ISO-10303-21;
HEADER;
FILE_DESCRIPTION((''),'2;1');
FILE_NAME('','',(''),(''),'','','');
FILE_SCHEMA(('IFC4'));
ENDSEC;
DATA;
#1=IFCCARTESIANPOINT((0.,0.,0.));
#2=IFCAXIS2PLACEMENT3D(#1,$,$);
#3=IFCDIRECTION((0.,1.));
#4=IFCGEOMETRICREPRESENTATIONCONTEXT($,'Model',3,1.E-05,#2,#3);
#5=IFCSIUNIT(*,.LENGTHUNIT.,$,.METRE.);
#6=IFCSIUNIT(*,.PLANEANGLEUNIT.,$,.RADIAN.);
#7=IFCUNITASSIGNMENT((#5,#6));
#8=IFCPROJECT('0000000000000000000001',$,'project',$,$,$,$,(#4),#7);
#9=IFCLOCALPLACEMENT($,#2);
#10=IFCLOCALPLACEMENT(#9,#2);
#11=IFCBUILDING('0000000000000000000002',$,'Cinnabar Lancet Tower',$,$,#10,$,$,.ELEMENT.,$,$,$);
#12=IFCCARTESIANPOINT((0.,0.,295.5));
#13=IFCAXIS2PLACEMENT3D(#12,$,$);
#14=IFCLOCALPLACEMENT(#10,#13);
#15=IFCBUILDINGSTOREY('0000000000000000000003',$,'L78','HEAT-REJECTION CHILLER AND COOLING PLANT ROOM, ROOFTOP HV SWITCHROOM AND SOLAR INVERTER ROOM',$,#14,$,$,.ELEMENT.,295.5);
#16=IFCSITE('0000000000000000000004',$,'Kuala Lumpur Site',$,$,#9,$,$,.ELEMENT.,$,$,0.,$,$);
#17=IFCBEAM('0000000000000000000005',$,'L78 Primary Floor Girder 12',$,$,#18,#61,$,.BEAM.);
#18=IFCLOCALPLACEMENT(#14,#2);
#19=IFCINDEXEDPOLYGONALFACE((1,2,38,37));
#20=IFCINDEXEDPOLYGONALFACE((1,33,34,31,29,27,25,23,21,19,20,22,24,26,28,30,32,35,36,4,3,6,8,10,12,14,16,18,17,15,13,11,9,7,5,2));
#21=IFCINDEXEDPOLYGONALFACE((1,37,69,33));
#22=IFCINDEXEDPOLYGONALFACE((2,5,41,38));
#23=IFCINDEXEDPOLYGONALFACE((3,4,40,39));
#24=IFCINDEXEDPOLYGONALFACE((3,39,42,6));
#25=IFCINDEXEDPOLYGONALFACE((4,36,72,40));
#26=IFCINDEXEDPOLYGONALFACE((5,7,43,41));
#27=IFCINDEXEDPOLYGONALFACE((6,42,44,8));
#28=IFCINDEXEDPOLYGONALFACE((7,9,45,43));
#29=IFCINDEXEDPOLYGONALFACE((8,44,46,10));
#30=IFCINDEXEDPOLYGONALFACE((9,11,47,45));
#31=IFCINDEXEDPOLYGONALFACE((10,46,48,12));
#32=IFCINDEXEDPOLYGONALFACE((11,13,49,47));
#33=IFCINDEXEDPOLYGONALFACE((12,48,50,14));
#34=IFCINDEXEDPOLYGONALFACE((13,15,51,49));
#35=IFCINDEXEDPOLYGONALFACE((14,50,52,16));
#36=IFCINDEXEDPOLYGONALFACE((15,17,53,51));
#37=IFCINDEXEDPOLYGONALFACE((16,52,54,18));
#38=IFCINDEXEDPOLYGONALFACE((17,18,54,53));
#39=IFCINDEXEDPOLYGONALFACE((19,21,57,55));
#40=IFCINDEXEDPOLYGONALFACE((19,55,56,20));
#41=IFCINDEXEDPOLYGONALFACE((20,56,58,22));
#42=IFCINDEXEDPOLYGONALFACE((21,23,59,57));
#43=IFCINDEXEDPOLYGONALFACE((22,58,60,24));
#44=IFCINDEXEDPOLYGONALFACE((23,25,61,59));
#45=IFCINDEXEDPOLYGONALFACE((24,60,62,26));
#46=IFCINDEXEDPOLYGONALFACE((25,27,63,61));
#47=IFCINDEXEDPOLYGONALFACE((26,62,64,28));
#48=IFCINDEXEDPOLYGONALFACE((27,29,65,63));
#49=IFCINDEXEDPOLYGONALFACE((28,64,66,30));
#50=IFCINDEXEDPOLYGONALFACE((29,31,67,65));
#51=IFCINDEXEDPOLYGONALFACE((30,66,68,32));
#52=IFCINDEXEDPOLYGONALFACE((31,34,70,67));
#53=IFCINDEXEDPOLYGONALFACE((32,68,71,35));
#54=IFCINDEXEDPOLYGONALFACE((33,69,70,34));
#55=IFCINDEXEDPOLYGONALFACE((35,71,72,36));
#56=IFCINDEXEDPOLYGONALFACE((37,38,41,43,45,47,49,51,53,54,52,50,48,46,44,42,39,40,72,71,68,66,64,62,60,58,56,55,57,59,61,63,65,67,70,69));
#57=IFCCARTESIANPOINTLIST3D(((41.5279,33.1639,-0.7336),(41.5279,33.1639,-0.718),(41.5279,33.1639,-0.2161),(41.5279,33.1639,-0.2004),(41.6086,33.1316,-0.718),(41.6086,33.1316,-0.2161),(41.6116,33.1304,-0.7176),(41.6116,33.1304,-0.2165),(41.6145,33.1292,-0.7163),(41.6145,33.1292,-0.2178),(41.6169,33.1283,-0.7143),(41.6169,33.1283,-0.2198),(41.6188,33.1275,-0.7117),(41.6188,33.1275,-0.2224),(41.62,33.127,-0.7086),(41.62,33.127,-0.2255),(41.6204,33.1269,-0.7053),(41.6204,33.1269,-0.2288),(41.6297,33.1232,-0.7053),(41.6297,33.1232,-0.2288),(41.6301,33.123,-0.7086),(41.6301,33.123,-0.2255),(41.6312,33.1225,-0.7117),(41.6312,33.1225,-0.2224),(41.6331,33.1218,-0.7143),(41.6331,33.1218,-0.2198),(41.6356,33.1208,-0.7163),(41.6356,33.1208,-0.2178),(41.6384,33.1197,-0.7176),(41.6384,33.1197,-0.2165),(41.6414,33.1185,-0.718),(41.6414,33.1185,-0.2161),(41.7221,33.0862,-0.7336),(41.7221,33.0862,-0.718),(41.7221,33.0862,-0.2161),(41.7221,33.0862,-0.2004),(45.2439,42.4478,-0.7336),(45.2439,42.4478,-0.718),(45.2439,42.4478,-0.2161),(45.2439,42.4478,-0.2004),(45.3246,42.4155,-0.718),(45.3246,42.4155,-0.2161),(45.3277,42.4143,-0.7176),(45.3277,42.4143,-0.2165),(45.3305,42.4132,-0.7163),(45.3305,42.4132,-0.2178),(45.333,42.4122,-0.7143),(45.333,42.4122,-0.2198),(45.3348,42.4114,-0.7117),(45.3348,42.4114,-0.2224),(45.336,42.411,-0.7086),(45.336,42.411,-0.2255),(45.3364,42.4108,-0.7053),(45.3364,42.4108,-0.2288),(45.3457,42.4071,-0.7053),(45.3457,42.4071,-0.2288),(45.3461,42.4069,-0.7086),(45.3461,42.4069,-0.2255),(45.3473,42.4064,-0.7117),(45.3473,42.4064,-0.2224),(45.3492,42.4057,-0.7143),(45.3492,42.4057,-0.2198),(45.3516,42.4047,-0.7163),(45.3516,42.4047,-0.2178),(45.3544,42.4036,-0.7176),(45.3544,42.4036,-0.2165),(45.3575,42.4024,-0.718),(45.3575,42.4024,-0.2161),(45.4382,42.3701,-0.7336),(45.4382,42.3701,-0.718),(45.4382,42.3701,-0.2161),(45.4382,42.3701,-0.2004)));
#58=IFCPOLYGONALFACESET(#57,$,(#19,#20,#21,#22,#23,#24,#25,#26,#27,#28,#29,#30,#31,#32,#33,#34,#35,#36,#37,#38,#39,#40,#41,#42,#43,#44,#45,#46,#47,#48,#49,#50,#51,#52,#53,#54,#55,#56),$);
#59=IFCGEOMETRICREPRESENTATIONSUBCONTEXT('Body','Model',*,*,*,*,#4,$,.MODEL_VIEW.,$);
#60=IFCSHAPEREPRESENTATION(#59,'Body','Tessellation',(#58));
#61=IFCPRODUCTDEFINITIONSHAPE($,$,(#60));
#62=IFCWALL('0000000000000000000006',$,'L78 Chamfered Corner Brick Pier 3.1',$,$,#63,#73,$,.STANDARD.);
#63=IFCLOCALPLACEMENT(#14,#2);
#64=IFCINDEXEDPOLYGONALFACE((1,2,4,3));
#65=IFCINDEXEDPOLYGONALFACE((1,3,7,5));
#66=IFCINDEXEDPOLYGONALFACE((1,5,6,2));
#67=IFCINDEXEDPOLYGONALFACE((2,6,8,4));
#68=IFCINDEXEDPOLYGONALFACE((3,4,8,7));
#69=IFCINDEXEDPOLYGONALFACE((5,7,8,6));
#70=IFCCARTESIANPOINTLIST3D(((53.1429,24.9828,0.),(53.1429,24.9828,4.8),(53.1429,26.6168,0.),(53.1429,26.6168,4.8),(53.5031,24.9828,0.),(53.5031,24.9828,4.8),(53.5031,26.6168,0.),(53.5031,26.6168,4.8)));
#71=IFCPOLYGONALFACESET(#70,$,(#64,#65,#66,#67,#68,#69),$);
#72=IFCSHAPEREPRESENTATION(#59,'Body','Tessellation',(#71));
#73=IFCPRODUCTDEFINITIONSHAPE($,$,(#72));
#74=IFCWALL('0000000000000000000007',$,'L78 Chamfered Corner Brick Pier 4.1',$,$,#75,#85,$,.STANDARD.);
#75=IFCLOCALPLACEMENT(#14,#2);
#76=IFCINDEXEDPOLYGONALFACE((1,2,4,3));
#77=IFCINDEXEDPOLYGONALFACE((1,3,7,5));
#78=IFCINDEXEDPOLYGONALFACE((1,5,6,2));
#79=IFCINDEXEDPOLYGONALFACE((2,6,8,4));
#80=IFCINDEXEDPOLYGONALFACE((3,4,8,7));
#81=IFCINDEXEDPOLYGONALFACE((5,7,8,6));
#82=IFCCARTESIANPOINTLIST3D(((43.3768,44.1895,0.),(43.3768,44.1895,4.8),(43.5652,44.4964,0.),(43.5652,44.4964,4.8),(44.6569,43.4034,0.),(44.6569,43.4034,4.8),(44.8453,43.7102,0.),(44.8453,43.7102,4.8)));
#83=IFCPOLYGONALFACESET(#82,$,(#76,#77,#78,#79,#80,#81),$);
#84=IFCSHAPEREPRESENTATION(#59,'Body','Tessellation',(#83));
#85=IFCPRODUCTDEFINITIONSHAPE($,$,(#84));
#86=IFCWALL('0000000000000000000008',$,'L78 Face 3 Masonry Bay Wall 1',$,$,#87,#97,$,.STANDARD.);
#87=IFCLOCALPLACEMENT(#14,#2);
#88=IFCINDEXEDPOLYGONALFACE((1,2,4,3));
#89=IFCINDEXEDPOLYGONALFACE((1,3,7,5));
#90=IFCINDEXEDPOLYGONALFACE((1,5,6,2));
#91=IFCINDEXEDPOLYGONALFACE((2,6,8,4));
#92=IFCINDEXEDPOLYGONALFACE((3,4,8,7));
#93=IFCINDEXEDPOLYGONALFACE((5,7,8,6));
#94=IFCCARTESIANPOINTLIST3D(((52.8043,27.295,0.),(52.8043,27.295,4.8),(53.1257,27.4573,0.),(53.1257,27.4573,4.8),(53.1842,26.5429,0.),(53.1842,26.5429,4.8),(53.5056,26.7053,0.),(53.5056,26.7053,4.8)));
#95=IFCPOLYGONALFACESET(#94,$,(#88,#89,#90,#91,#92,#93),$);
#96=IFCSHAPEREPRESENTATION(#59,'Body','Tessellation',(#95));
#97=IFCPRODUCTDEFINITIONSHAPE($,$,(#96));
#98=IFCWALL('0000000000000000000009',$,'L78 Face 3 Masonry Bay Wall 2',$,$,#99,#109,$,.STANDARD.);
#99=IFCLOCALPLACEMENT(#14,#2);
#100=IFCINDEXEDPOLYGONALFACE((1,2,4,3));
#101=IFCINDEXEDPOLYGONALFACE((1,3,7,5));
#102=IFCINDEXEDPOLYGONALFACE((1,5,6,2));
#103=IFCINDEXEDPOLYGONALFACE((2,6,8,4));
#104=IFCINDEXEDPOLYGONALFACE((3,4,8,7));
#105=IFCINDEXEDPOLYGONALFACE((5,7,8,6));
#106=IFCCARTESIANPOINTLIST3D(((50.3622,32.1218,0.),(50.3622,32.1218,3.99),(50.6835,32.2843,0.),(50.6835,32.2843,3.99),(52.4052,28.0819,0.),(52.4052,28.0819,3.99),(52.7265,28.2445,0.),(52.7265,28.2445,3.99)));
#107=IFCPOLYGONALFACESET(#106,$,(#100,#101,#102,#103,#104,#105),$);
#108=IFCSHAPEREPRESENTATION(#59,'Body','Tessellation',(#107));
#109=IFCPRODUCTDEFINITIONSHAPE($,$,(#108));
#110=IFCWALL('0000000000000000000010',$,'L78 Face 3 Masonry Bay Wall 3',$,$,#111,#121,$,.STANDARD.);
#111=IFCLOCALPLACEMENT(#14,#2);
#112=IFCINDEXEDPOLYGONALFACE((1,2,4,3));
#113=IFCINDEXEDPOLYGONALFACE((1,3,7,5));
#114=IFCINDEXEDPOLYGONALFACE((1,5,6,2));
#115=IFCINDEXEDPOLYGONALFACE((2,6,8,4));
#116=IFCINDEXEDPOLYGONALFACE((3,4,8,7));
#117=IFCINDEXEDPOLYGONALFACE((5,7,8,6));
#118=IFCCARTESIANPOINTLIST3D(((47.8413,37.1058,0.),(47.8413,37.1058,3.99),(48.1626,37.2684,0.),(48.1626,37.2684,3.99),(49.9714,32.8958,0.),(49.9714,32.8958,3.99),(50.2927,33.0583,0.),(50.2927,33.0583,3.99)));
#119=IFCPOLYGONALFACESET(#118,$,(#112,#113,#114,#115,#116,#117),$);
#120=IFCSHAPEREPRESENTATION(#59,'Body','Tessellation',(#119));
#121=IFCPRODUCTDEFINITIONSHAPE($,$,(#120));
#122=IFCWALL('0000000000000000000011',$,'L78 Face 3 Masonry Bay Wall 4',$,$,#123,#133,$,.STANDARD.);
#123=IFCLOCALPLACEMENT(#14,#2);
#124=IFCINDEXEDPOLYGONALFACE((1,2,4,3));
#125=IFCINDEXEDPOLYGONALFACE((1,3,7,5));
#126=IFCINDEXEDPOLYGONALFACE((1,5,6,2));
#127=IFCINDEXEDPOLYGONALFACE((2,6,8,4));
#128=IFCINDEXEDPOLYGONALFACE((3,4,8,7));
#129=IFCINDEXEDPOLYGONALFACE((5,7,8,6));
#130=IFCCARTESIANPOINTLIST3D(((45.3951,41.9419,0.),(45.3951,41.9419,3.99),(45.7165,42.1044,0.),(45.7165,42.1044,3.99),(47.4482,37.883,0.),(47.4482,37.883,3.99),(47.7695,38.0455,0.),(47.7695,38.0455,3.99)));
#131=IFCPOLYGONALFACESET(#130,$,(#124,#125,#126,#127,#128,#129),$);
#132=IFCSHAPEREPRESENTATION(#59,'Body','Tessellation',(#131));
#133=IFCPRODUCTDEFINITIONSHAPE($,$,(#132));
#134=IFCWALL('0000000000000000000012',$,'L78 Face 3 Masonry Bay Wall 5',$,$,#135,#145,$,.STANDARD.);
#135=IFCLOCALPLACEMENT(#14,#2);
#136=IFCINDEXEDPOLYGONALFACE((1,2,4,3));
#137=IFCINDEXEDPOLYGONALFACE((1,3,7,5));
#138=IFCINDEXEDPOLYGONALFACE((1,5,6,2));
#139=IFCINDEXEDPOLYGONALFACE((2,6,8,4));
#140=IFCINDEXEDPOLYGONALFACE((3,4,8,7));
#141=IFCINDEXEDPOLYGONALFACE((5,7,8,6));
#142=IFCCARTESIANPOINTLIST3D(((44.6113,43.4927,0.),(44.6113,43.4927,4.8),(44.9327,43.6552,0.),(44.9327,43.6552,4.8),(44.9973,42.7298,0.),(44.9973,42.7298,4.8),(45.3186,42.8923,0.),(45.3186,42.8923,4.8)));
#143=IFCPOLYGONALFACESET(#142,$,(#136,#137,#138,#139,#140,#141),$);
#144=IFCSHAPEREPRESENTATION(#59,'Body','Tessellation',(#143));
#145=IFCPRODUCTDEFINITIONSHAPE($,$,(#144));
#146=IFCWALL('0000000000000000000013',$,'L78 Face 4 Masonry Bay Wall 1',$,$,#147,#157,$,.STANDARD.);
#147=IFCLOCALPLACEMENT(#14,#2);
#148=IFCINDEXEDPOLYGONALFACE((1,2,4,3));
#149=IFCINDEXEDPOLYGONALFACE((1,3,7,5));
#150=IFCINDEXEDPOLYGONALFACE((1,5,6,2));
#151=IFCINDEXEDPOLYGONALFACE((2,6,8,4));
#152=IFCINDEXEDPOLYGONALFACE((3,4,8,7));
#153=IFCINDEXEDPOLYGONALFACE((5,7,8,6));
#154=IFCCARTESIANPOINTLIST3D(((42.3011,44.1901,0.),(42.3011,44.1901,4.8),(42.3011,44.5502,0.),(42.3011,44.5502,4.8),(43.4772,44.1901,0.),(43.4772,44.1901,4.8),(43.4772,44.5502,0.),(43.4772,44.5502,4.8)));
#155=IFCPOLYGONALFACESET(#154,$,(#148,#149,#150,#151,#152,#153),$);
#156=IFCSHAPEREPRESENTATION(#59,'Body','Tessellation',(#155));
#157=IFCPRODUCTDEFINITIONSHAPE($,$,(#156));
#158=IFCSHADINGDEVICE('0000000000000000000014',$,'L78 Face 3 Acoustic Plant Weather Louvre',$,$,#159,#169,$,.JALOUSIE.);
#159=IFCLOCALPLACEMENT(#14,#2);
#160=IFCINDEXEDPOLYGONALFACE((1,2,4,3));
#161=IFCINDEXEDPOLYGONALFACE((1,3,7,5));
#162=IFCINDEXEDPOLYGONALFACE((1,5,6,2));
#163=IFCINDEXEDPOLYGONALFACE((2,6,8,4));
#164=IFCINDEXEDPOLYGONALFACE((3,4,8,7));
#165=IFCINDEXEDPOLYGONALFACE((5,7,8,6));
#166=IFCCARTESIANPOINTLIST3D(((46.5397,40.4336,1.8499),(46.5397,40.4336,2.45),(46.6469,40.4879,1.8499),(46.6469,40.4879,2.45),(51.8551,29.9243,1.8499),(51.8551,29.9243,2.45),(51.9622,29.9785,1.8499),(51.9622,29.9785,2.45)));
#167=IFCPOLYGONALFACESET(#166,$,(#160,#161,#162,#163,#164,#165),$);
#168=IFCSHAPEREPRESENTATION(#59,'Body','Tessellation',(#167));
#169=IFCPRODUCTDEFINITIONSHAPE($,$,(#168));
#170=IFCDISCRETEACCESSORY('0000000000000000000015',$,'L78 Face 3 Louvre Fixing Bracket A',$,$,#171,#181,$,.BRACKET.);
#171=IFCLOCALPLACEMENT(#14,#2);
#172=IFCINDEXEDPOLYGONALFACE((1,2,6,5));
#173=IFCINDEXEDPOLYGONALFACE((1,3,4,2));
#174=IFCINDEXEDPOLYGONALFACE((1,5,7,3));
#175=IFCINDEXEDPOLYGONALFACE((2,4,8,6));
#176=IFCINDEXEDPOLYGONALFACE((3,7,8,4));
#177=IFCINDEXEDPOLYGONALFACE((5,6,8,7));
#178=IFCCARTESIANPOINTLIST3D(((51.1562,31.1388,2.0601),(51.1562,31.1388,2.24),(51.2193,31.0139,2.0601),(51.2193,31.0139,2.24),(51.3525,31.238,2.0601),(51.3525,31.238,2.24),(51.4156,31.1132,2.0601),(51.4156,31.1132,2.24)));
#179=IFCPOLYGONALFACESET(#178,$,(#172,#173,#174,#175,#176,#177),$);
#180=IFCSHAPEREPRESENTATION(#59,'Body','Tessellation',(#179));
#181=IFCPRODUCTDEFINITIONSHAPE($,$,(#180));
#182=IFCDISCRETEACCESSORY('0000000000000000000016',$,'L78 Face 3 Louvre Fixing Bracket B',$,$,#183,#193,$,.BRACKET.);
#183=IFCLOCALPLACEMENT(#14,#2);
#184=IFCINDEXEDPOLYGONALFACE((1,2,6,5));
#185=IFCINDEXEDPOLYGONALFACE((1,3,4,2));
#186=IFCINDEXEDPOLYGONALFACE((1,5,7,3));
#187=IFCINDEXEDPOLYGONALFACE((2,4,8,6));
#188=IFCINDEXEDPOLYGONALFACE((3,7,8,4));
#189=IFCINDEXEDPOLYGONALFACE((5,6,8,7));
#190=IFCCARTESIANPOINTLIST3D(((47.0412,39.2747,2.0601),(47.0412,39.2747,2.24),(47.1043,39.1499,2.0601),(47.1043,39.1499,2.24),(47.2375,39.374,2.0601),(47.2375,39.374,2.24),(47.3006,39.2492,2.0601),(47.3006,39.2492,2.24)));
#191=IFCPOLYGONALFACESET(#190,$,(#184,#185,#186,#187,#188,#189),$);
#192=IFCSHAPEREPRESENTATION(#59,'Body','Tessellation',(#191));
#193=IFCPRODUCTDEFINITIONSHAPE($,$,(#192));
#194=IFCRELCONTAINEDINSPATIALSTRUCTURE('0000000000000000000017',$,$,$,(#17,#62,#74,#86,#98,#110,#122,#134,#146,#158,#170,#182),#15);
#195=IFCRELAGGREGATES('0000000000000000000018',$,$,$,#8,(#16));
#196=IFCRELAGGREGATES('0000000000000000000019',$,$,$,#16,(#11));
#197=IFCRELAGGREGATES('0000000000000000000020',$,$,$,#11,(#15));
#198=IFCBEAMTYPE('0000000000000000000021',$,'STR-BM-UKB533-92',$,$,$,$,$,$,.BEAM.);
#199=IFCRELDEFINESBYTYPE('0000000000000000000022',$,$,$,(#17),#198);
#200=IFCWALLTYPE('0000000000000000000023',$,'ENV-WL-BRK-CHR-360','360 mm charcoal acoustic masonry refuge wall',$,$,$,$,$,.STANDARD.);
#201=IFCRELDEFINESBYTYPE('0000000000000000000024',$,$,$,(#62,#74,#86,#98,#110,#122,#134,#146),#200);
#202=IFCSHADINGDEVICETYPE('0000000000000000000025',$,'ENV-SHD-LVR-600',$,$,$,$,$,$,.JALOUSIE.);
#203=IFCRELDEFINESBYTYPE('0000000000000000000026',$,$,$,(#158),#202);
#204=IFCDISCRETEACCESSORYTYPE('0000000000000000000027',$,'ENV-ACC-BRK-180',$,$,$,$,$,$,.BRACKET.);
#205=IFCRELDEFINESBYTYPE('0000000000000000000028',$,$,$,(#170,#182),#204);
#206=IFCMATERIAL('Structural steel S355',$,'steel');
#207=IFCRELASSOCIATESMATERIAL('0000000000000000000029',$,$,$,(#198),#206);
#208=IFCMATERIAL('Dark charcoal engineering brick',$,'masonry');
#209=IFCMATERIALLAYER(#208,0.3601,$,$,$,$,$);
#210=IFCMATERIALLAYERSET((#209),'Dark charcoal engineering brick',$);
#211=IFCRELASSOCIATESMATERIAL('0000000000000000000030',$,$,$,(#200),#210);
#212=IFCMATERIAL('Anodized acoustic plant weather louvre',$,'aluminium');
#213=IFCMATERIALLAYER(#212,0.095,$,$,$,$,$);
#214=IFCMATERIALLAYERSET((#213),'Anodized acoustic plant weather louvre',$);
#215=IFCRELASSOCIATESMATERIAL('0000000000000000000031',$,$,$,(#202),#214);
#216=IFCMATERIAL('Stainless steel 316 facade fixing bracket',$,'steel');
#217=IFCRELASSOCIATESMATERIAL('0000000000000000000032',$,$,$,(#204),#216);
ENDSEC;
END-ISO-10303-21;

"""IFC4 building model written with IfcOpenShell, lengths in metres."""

from ifc_helpers import new_model, si_unit, direction, frame, frame_2d, origin, origin_2d, place, context, subcontext, project, spatial, rectangle, i_section, extrude, material, layer, layer_set, material_profile, profile_set, type_object, element, save


model = new_model("IFC4")

# Units and contexts
model_context = context("Model", 3, precision=1e-05, world=origin(), true_north=direction((0.0, 1.0)))
body_context = subcontext(model_context, "Body", "Model", "MODEL_VIEW")
ifc_project = project(units=[si_unit("LENGTHUNIT", "METRE"), si_unit("PLANEANGLEUNIT", "RADIAN")], contexts=[model_context])

# Site, building, storey
site_placement = place(None, origin())
site = spatial("IfcSite", under=ifc_project, at=site_placement, Name="Kuala Lumpur Site", CompositionType="ELEMENT", RefElevation=0.0)
building_placement = place(site_placement, origin())
building = spatial("IfcBuilding", under=site, at=building_placement, Name="Cinnabar Lancet Tower", CompositionType="ELEMENT")
storey_placement = place(building_placement, frame((0.0, 0.0, 295.5)))
storey = spatial("IfcBuildingStorey", under=building, at=storey_placement, Name="L78", Description="HEAT-REJECTION CHILLER AND COOLING PLANT ROOM, ROOFTOP HV SWITCHROOM AND SOLAR INVERTER ROOM", CompositionType="ELEMENT", Elevation=295.5)

# Beam
ifc_material_1 = material(Name="Structural steel S355", Category="steel")
ifc_material_profile_1 = material_profile(ifc_material_1, i_section(OverallWidth=0.2092, OverallDepth=0.5332, WebThickness=0.01, FlangeThickness=0.0156, FilletRadius=0.0127, at=origin_2d()), Name="UKB 533x210x92")
ifc_profile_set_1 = profile_set([ifc_material_profile_1], Name="Structural steel S355")
beam_type_1 = type_object("IfcBeamType", Name="STR-BM-UKB533-92", PredefinedType="BEAM", material=ifc_profile_set_1)
beam_1_placement = place(storey_placement, frame((45.3411, 42.4089, -0.467), z_axis=(-0.371605, -0.928391, 0.0), x_axis=(0.928391, -0.371605, 0.0)))
element("IfcBeam", 1, at=beam_1_placement, inside=storey, type_object=beam_type_1, Name="L78 Primary Floor Girder 12", PredefinedType="BEAM", context=body_context, shape_type="SweptSolid", body=[
    extrude(i_section(OverallWidth=0.2092, OverallDepth=0.5332, WebThickness=0.01, FlangeThickness=0.0156, FilletRadius=0.0127, at=origin_2d()), origin(), (0.0, 0.0, 1.0), 10.0),
])

# Walls
ifc_material_2 = material(Name="Dark charcoal engineering brick", Category="masonry")
ifc_layer_1 = layer(ifc_material_2, 0.3601)
ifc_layer_set_1 = layer_set([ifc_layer_1], Name="Dark charcoal engineering brick")
wall_type = type_object("IfcWallType", Name="ENV-WL-BRK-CHR-360", Description="360 mm charcoal acoustic masonry refuge wall", PredefinedType="STANDARD", material=ifc_layer_set_1)
wall_1_placement = place(storey_placement, frame((53.323, 24.9829, 0.0), z_axis=(0.0, 0.0, 1.0), x_axis=(0.0, 1.0, 0.0)))
element("IfcWall", 2, at=wall_1_placement, inside=storey, type_object=wall_type, Name="L78 Chamfered Corner Brick Pier 3.1", PredefinedType="STANDARD", context=body_context, shape_type="SweptSolid", body=[
    extrude(rectangle(XDim=1.634, YDim=0.3601, at=frame_2d((0.8169, 0.0))), origin(), (0.0, 0.0, 1.0), 4.8),
])
wall_2_placement = place(storey_placement, frame((44.751, 43.5569, 0.0), z_axis=(0.0, 0.0, 1.0), x_axis=(-0.852127, 0.523336, 0.0)))
element("IfcWall", 3, at=wall_2_placement, inside=storey, type_object=wall_type, Name="L78 Chamfered Corner Brick Pier 4.1", PredefinedType="STANDARD", context=body_context, shape_type="SweptSolid", body=[
    extrude(rectangle(XDim=1.5022, YDim=0.3601, at=frame_2d((0.751, 0.0))), origin(), (0.0, 0.0, 1.0), 4.8),
])
wall_3_placement = place(storey_placement, frame((53.345, 26.624, 0.0), z_axis=(0.0, 0.0, 1.0), x_axis=(-0.450919, 0.892565, 0.0)))
element("IfcWall", 4, at=wall_3_placement, inside=storey, type_object=wall_type, Name="L78 Face 3 Masonry Bay Wall 1", PredefinedType="STANDARD", context=body_context, shape_type="SweptSolid", body=[
    extrude(rectangle(XDim=0.8425, YDim=0.3601, at=frame_2d((0.4214, 0.0))), origin(), (0.0, 0.0, 1.0), 4.8),
])
wall_4_placement = place(storey_placement, frame((52.5659, 28.1631, 0.0), z_axis=(0.0, 0.0, 1.0), x_axis=(-0.451286, 0.892379, 0.0)))
element("IfcWall", 5, at=wall_4_placement, inside=storey, type_object=wall_type, Name="L78 Face 3 Masonry Bay Wall 2", PredefinedType="STANDARD", context=body_context, shape_type="SweptSolid", body=[
    extrude(rectangle(XDim=4.5271, YDim=0.3601, at=frame_2d((2.2637, 0.0))), origin(), (0.0, 0.0, 1.0), 3.99),
])
wall_5_placement = place(storey_placement, frame((50.1321, 32.9771, 0.0), z_axis=(0.0, 0.0, 1.0), x_axis=(-0.451472, 0.892285, 0.0)))
element("IfcWall", 6, at=wall_5_placement, inside=storey, type_object=wall_type, Name="L78 Face 3 Masonry Bay Wall 3", PredefinedType="STANDARD", context=body_context, shape_type="SweptSolid", body=[
    extrude(rectangle(XDim=4.7183, YDim=0.3601, at=frame_2d((2.3591, 0.0))), origin(), (0.0, 0.0, 1.0), 3.99),
])
wall_6_placement = place(storey_placement, frame((47.6089, 37.9641, 0.0), z_axis=(0.0, 0.0, 1.0), x_axis=(-0.451353, 0.892346, 0.0)))
element("IfcWall", 7, at=wall_6_placement, inside=storey, type_object=wall_type, Name="L78 Face 3 Masonry Bay Wall 4", PredefinedType="STANDARD", context=body_context, shape_type="SweptSolid", body=[
    extrude(rectangle(XDim=4.5486, YDim=0.3601, at=frame_2d((2.2744, 0.0))), origin(), (0.0, 0.0, 1.0), 3.99),
])
wall_7_placement = place(storey_placement, frame((45.158, 42.811, 0.0), z_axis=(0.0, 0.0, 1.0), x_axis=(-0.451435, 0.892304, 0.0)))
element("IfcWall", 8, at=wall_7_placement, inside=storey, type_object=wall_type, Name="L78 Face 3 Masonry Bay Wall 5", PredefinedType="STANDARD", context=body_context, shape_type="SweptSolid", body=[
    extrude(rectangle(XDim=0.855, YDim=0.3601, at=frame_2d((0.4275, 0.0))), origin(), (0.0, 0.0, 1.0), 4.8),
])
wall_8_placement = place(storey_placement, frame((43.4771, 44.3701, 0.0), z_axis=(0.0, 0.0, 1.0), x_axis=(-1.0, 0.0, 0.0)))
element("IfcWall", 9, at=wall_8_placement, inside=storey, type_object=wall_type, Name="L78 Face 4 Masonry Bay Wall 1", PredefinedType="STANDARD", context=body_context, shape_type="SweptSolid", body=[
    extrude(rectangle(XDim=1.176, YDim=0.3601, at=frame_2d((0.5879, 0.0))), origin(), (0.0, 0.0, 1.0), 4.8),
])

# Shading device
ifc_material_3 = material(Name="Anodized acoustic plant weather louvre", Category="aluminium")
ifc_layer_2 = layer(ifc_material_3, 0.095)
ifc_layer_set_2 = layer_set([ifc_layer_2], Name="Anodized acoustic plant weather louvre")
shading_device_type = type_object("IfcShadingDeviceType", Name="ENV-SHD-LVR-600", PredefinedType="JALOUSIE", material=ifc_layer_set_2)
shading_device_placement = place(storey_placement, frame((49.251, 35.2061, 1.8499), z_axis=(0.0, 0.0, 1.0), x_axis=(-0.451329, 0.892357, 0.0)))
element("IfcShadingDevice", 10, at=shading_device_placement, inside=storey, type_object=shading_device_type, Name="L78 Face 3 Acoustic Plant Weather Louvre", PredefinedType="JALOUSIE", context=body_context, shape_type="SweptSolid", body=[
    extrude(rectangle(XDim=11.7771, YDim=0.1201, at=origin_2d()), origin(), (0.0, 0.0, 1.0), 0.6001),
])

# Discrete accessories
ifc_material_4 = material(Name="Stainless steel 316 facade fixing bracket", Category="steel")
discrete_accessory_type = type_object("IfcDiscreteAccessoryType", Name="ENV-ACC-BRK-180", PredefinedType="BRACKET", material=ifc_material_4)
for number, where, z_axis, x_axis, name in (
    (11, (51.2859, 31.126, 2.0601), (0.0, 0.0, 1.0), (-0.451329, 0.892357, 0.0), "L78 Face 3 Louvre Fixing Bracket A"),
    (12, (47.1709, 39.262, 2.0601), (0.0, 0.0, 1.0), (-0.451329, 0.892357, 0.0), "L78 Face 3 Louvre Fixing Bracket B"),
):
    element("IfcDiscreteAccessory", number, at=place(storey_placement, frame(where, z_axis=z_axis, x_axis=x_axis)), inside=storey, type_object=discrete_accessory_type, Name=name, PredefinedType="BRACKET", context=body_context, shape_type="SweptSolid", body=[
        extrude(rectangle(XDim=0.1399, YDim=0.22, at=origin_2d()), origin(), (0.0, 0.0, 1.0), 0.1799),
    ])

save(model, "model.ifc")
